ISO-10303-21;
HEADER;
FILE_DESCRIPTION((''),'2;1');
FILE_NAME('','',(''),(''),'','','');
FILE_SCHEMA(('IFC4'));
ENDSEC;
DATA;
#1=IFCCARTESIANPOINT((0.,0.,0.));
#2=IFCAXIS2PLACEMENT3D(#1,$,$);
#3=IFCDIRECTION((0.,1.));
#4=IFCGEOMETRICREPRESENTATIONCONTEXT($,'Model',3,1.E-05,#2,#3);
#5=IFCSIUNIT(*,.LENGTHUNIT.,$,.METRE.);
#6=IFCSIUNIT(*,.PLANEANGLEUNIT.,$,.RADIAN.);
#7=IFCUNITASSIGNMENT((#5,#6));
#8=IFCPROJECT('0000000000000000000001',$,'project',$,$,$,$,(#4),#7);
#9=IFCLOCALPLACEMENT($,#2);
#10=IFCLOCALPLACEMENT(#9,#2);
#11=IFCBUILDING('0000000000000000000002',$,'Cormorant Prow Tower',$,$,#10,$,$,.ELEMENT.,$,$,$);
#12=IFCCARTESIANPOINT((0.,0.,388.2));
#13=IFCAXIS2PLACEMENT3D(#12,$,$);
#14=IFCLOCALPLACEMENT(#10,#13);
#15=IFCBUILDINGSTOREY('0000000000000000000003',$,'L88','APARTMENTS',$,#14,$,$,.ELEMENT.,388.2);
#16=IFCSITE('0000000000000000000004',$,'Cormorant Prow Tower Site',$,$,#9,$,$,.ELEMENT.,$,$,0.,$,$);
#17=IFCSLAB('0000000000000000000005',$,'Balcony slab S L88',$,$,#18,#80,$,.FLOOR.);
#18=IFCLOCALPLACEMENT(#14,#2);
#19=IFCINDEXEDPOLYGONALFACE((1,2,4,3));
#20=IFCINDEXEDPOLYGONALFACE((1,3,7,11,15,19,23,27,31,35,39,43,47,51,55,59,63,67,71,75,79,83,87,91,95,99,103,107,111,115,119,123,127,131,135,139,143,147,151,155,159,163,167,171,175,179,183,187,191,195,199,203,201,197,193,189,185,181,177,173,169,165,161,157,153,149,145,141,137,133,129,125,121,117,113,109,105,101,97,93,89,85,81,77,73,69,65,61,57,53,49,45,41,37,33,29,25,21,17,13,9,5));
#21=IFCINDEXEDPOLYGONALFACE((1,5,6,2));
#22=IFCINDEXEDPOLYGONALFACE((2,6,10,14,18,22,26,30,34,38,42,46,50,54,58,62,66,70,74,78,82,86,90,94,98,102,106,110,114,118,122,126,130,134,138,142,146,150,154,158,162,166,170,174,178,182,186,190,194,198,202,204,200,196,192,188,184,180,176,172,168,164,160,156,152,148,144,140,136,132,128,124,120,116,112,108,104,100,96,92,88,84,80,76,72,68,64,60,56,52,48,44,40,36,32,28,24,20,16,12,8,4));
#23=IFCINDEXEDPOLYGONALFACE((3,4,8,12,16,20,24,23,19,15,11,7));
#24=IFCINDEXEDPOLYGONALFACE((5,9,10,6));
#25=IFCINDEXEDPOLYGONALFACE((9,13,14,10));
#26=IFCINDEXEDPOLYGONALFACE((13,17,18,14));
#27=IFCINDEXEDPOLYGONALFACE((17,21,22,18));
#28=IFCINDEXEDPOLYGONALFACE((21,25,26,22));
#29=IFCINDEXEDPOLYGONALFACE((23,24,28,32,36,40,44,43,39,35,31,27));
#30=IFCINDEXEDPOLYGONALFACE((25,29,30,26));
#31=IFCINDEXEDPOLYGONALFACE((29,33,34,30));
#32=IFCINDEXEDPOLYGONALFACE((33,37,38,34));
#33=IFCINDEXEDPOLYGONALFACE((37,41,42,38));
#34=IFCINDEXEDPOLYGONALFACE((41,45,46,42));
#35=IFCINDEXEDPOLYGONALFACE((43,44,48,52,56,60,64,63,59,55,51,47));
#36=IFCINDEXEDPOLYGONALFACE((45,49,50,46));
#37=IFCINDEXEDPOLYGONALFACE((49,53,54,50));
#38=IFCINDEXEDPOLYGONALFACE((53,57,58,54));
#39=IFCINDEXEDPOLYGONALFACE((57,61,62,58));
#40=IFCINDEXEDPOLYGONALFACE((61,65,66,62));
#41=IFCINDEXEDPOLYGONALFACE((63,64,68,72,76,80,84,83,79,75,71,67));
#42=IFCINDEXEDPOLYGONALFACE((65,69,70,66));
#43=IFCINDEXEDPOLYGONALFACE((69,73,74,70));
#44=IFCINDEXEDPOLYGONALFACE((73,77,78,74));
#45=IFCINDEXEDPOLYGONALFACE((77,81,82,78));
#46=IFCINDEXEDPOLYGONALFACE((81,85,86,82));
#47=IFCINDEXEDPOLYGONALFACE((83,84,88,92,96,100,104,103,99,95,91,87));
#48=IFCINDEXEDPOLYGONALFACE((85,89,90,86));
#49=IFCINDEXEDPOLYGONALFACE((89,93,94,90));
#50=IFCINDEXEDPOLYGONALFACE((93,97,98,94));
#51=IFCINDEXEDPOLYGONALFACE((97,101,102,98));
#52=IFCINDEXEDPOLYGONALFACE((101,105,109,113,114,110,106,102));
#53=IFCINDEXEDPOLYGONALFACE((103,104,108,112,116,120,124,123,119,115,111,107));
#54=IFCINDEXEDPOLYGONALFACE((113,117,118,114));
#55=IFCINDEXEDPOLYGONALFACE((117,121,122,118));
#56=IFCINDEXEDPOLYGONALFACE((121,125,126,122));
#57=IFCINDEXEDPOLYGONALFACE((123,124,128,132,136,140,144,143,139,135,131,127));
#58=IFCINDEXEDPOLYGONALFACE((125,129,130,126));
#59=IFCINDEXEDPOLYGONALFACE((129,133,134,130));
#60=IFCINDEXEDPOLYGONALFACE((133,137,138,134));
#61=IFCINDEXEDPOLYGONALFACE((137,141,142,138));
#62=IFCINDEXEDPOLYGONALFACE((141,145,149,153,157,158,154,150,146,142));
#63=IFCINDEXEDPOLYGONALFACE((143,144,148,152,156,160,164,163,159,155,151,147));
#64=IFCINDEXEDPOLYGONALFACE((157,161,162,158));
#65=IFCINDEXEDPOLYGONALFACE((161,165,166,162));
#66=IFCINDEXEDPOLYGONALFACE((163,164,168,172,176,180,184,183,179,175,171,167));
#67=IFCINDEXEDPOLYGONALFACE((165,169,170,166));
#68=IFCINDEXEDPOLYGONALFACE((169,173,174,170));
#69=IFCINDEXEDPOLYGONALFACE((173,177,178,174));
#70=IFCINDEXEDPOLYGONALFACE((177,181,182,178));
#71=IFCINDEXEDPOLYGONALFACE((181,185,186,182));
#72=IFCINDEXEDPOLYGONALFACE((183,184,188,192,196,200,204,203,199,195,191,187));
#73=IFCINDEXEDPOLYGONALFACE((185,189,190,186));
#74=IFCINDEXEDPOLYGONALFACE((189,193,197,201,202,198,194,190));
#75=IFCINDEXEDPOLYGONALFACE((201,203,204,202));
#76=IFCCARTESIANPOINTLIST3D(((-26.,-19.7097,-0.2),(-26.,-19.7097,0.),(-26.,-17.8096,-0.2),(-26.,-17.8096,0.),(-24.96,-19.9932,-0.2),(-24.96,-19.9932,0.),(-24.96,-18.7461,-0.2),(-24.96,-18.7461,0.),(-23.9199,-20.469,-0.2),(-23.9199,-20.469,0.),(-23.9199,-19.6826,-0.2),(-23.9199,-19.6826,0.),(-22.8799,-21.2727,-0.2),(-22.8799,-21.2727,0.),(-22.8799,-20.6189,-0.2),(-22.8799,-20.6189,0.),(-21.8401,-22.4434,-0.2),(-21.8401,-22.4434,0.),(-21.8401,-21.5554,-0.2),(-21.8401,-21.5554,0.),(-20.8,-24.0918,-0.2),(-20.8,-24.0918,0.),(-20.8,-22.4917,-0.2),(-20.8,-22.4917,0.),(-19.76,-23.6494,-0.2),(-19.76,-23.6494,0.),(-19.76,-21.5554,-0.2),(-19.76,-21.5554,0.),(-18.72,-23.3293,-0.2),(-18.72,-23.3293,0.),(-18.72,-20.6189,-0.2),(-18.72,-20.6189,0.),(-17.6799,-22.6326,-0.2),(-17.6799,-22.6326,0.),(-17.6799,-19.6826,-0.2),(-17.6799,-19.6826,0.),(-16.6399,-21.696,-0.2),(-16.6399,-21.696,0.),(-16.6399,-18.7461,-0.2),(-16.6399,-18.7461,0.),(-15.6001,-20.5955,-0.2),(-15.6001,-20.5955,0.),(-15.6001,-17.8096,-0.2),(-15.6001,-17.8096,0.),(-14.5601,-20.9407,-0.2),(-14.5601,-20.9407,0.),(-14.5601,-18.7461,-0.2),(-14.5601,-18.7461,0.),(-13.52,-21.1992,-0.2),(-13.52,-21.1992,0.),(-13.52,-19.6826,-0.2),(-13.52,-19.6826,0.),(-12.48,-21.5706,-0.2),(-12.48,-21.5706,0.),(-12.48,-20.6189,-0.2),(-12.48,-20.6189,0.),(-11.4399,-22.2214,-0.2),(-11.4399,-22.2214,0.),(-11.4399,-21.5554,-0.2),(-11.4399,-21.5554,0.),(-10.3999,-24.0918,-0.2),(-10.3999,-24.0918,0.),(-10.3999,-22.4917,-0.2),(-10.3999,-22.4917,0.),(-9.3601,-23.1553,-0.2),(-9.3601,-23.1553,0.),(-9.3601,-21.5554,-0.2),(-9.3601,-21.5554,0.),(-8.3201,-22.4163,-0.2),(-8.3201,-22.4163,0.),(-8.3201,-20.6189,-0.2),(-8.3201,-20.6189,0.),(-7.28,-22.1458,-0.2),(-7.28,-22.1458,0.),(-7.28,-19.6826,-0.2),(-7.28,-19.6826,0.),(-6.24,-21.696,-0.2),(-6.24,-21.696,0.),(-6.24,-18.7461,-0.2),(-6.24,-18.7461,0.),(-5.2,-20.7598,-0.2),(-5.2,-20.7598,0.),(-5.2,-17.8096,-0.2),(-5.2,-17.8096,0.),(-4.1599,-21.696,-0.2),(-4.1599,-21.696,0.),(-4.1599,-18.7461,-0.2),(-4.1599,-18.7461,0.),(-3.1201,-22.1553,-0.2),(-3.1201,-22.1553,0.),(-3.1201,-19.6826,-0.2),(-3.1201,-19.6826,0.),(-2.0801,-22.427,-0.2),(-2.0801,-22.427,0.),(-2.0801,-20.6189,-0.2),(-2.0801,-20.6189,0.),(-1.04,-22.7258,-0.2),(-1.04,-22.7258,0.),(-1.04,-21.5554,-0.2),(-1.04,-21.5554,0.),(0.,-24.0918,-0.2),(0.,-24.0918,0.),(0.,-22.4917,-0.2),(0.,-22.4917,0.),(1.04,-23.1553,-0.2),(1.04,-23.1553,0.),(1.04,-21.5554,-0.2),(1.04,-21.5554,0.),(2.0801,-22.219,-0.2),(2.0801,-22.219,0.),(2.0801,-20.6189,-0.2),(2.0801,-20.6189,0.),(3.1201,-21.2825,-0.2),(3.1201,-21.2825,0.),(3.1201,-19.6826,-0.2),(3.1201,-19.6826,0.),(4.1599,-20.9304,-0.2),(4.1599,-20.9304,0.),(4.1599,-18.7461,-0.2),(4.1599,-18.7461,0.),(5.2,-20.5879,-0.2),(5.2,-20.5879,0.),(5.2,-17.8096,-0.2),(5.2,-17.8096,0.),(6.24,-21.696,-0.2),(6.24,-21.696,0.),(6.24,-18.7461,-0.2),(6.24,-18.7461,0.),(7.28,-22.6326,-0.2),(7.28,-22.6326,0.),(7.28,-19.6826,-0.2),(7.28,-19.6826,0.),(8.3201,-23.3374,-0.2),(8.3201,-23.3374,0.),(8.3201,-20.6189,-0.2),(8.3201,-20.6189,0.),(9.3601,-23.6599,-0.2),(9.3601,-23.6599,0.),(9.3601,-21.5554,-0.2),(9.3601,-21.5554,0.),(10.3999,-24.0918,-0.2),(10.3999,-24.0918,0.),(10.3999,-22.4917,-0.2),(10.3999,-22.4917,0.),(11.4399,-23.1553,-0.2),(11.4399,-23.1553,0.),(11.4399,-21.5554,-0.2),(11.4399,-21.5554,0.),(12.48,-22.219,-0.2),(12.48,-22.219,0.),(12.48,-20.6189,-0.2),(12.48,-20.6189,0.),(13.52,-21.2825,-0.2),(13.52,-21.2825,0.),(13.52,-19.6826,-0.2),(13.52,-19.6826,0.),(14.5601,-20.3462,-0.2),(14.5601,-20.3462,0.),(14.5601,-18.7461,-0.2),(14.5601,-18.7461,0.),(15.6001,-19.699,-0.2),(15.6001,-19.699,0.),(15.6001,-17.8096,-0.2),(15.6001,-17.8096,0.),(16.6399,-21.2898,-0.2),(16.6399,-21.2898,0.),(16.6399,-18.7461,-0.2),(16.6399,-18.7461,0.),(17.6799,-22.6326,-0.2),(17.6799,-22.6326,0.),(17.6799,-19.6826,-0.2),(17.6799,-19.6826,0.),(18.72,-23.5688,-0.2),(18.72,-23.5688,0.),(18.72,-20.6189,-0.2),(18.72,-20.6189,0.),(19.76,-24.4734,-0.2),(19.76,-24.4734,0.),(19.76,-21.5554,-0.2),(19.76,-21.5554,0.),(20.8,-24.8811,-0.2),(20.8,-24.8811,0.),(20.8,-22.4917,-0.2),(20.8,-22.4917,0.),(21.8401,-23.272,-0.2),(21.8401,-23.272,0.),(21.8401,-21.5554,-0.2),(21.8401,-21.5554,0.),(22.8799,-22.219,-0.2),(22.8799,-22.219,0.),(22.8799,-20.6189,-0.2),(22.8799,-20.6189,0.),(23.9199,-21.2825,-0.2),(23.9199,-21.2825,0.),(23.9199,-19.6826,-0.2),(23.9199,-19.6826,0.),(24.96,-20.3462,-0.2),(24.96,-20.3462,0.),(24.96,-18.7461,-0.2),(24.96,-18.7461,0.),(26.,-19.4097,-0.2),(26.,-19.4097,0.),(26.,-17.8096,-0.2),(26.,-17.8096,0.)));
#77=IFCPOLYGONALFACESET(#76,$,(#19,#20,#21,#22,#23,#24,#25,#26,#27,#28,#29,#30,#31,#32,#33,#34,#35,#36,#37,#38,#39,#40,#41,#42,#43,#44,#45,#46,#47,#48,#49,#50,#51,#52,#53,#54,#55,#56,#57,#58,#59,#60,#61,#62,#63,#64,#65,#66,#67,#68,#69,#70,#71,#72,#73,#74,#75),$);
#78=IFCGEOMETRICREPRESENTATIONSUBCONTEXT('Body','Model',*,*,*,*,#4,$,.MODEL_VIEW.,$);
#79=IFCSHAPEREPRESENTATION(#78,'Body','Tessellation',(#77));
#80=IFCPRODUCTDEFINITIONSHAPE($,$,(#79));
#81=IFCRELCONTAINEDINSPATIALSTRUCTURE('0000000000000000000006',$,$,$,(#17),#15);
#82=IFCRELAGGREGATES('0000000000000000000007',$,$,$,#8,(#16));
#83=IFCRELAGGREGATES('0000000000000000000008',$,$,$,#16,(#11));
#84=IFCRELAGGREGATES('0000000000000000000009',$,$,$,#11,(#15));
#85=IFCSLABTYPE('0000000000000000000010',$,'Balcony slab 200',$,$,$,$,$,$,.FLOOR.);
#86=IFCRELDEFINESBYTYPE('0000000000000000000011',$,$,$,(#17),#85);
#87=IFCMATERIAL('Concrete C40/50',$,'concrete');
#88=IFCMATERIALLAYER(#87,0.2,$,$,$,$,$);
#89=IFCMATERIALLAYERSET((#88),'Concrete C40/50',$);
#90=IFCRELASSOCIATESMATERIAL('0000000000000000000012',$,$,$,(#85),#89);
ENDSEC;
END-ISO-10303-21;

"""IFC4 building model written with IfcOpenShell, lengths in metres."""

from ifc_helpers import new_model, si_unit, direction, frame, origin, place, context, subcontext, project, spatial, polyline, outline, extrude, material, layer, layer_set, type_object, element, save


model = new_model("IFC4")

# Units and contexts
model_context = context("Model", 3, precision=1e-05, world=origin(), true_north=direction((0.0, 1.0)))
body_context = subcontext(model_context, "Body", "Model", "MODEL_VIEW")
ifc_project = project(units=[si_unit("LENGTHUNIT", "METRE"), si_unit("PLANEANGLEUNIT", "RADIAN")], contexts=[model_context])

# Site, building, storey
site_placement = place(None, origin())
site = spatial("IfcSite", under=ifc_project, at=site_placement, Name="Cormorant Prow Tower Site", CompositionType="ELEMENT", RefElevation=0.0)
building_placement = place(site_placement, origin())
building = spatial("IfcBuilding", under=site, at=building_placement, Name="Cormorant Prow Tower", CompositionType="ELEMENT")
storey_placement = place(building_placement, frame((0.0, 0.0, 388.2)))
storey = spatial("IfcBuildingStorey", under=building, at=storey_placement, Name="L88", Description="APARTMENTS", CompositionType="ELEMENT", Elevation=388.2)

# Slab
ifc_material_1 = material(Name="Concrete C40/50", Category="concrete")
ifc_layer_1 = layer(ifc_material_1, 0.2)
ifc_layer_set_1 = layer_set([ifc_layer_1], Name="Concrete C40/50")
slab_type_1 = type_object("IfcSlabType", Name="Balcony slab 200", PredefinedType="FLOOR", material=ifc_layer_set_1)
slab_1_placement = place(storey_placement, frame((0.0, 0.0, -0.2)))
element("IfcSlab", 1, at=slab_1_placement, inside=storey, type_object=slab_type_1, Name="Balcony slab S L88", PredefinedType="FLOOR", context=body_context, shape_type="SweptSolid", body=[
    extrude(outline(polyline([(-26.0, -17.8096), (-26.0, -19.7097), (-24.96, -19.9932), (-23.9199, -20.469), (-22.8799, -21.2727), (-21.8401, -22.4434), (-20.8, -24.0918), (-19.76, -23.6494), (-18.72, -23.3293), (-17.6799, -22.6326), (-16.6399, -21.696), (-15.6001, -20.5955), (-14.5601, -20.9407), (-13.52, -21.1992), (-12.48, -21.5706), (-11.4399, -22.2214), (-10.3999, -24.0918), (-9.3601, -23.1553), (-8.3201, -22.4163), (-7.28, -22.1458), (-6.24, -21.696), (-5.2, -20.7598), (-4.1599, -21.696), (-3.1201, -22.1553), (-2.0801, -22.427), (-1.04, -22.7258), (0.0, -24.0918), (1.04, -23.1553), (2.0801, -22.219), (3.1201, -21.2825), (4.1599, -20.9304), (5.2, -20.5879), (6.24, -21.696), (7.28, -22.6326), (8.3201, -23.3374), (9.3601, -23.6599), (10.3999, -24.0918), (11.4399, -23.1553), (12.48, -22.219), (13.52, -21.2825), (14.5601, -20.3462), (15.6001, -19.699), (16.6399, -21.2898), (17.6799, -22.6326), (18.72, -23.5688), (19.76, -24.4734), (20.8, -24.8811), (21.8401, -23.272), (22.8799, -22.219), (23.9199, -21.2825), (24.96, -20.3462), (26.0, -19.4097), (26.0, -17.8096), (24.96, -18.7461), (23.9199, -19.6826), (22.8799, -20.6189), (21.8401, -21.5554), (20.8, -22.4917), (19.76, -21.5554), (18.72, -20.6189), (17.6799, -19.6826), (16.6399, -18.7461), (15.6001, -17.8096), (14.5601, -18.7461), (13.52, -19.6826), (12.48, -20.6189), (11.4399, -21.5554), (10.3999, -22.4917), (9.3601, -21.5554), (8.3201, -20.6189), (7.28, -19.6826), (6.24, -18.7461), (5.2, -17.8096), (4.1599, -18.7461), (3.1201, -19.6826), (2.0801, -20.6189), (1.04, -21.5554), (0.0, -22.4917), (-1.04, -21.5554), (-2.0801, -20.6189), (-3.1201, -19.6826), (-4.1599, -18.7461), (-5.2, -17.8096), (-6.24, -18.7461), (-7.28, -19.6826), (-8.3201, -20.6189), (-9.3601, -21.5554), (-10.3999, -22.4917), (-11.4399, -21.5554), (-12.48, -20.6189), (-13.52, -19.6826), (-14.5601, -18.7461), (-15.6001, -17.8096), (-16.6399, -18.7461), (-17.6799, -19.6826), (-18.72, -20.6189), (-19.76, -21.5554), (-20.8, -22.4917), (-21.8401, -21.5554), (-22.8799, -20.6189), (-23.9199, -19.6826), (-24.96, -18.7461), (-26.0, -17.8096)])), origin(), (0.0, 0.0, 1.0), 0.2),
])

save(model, "model.ifc")
